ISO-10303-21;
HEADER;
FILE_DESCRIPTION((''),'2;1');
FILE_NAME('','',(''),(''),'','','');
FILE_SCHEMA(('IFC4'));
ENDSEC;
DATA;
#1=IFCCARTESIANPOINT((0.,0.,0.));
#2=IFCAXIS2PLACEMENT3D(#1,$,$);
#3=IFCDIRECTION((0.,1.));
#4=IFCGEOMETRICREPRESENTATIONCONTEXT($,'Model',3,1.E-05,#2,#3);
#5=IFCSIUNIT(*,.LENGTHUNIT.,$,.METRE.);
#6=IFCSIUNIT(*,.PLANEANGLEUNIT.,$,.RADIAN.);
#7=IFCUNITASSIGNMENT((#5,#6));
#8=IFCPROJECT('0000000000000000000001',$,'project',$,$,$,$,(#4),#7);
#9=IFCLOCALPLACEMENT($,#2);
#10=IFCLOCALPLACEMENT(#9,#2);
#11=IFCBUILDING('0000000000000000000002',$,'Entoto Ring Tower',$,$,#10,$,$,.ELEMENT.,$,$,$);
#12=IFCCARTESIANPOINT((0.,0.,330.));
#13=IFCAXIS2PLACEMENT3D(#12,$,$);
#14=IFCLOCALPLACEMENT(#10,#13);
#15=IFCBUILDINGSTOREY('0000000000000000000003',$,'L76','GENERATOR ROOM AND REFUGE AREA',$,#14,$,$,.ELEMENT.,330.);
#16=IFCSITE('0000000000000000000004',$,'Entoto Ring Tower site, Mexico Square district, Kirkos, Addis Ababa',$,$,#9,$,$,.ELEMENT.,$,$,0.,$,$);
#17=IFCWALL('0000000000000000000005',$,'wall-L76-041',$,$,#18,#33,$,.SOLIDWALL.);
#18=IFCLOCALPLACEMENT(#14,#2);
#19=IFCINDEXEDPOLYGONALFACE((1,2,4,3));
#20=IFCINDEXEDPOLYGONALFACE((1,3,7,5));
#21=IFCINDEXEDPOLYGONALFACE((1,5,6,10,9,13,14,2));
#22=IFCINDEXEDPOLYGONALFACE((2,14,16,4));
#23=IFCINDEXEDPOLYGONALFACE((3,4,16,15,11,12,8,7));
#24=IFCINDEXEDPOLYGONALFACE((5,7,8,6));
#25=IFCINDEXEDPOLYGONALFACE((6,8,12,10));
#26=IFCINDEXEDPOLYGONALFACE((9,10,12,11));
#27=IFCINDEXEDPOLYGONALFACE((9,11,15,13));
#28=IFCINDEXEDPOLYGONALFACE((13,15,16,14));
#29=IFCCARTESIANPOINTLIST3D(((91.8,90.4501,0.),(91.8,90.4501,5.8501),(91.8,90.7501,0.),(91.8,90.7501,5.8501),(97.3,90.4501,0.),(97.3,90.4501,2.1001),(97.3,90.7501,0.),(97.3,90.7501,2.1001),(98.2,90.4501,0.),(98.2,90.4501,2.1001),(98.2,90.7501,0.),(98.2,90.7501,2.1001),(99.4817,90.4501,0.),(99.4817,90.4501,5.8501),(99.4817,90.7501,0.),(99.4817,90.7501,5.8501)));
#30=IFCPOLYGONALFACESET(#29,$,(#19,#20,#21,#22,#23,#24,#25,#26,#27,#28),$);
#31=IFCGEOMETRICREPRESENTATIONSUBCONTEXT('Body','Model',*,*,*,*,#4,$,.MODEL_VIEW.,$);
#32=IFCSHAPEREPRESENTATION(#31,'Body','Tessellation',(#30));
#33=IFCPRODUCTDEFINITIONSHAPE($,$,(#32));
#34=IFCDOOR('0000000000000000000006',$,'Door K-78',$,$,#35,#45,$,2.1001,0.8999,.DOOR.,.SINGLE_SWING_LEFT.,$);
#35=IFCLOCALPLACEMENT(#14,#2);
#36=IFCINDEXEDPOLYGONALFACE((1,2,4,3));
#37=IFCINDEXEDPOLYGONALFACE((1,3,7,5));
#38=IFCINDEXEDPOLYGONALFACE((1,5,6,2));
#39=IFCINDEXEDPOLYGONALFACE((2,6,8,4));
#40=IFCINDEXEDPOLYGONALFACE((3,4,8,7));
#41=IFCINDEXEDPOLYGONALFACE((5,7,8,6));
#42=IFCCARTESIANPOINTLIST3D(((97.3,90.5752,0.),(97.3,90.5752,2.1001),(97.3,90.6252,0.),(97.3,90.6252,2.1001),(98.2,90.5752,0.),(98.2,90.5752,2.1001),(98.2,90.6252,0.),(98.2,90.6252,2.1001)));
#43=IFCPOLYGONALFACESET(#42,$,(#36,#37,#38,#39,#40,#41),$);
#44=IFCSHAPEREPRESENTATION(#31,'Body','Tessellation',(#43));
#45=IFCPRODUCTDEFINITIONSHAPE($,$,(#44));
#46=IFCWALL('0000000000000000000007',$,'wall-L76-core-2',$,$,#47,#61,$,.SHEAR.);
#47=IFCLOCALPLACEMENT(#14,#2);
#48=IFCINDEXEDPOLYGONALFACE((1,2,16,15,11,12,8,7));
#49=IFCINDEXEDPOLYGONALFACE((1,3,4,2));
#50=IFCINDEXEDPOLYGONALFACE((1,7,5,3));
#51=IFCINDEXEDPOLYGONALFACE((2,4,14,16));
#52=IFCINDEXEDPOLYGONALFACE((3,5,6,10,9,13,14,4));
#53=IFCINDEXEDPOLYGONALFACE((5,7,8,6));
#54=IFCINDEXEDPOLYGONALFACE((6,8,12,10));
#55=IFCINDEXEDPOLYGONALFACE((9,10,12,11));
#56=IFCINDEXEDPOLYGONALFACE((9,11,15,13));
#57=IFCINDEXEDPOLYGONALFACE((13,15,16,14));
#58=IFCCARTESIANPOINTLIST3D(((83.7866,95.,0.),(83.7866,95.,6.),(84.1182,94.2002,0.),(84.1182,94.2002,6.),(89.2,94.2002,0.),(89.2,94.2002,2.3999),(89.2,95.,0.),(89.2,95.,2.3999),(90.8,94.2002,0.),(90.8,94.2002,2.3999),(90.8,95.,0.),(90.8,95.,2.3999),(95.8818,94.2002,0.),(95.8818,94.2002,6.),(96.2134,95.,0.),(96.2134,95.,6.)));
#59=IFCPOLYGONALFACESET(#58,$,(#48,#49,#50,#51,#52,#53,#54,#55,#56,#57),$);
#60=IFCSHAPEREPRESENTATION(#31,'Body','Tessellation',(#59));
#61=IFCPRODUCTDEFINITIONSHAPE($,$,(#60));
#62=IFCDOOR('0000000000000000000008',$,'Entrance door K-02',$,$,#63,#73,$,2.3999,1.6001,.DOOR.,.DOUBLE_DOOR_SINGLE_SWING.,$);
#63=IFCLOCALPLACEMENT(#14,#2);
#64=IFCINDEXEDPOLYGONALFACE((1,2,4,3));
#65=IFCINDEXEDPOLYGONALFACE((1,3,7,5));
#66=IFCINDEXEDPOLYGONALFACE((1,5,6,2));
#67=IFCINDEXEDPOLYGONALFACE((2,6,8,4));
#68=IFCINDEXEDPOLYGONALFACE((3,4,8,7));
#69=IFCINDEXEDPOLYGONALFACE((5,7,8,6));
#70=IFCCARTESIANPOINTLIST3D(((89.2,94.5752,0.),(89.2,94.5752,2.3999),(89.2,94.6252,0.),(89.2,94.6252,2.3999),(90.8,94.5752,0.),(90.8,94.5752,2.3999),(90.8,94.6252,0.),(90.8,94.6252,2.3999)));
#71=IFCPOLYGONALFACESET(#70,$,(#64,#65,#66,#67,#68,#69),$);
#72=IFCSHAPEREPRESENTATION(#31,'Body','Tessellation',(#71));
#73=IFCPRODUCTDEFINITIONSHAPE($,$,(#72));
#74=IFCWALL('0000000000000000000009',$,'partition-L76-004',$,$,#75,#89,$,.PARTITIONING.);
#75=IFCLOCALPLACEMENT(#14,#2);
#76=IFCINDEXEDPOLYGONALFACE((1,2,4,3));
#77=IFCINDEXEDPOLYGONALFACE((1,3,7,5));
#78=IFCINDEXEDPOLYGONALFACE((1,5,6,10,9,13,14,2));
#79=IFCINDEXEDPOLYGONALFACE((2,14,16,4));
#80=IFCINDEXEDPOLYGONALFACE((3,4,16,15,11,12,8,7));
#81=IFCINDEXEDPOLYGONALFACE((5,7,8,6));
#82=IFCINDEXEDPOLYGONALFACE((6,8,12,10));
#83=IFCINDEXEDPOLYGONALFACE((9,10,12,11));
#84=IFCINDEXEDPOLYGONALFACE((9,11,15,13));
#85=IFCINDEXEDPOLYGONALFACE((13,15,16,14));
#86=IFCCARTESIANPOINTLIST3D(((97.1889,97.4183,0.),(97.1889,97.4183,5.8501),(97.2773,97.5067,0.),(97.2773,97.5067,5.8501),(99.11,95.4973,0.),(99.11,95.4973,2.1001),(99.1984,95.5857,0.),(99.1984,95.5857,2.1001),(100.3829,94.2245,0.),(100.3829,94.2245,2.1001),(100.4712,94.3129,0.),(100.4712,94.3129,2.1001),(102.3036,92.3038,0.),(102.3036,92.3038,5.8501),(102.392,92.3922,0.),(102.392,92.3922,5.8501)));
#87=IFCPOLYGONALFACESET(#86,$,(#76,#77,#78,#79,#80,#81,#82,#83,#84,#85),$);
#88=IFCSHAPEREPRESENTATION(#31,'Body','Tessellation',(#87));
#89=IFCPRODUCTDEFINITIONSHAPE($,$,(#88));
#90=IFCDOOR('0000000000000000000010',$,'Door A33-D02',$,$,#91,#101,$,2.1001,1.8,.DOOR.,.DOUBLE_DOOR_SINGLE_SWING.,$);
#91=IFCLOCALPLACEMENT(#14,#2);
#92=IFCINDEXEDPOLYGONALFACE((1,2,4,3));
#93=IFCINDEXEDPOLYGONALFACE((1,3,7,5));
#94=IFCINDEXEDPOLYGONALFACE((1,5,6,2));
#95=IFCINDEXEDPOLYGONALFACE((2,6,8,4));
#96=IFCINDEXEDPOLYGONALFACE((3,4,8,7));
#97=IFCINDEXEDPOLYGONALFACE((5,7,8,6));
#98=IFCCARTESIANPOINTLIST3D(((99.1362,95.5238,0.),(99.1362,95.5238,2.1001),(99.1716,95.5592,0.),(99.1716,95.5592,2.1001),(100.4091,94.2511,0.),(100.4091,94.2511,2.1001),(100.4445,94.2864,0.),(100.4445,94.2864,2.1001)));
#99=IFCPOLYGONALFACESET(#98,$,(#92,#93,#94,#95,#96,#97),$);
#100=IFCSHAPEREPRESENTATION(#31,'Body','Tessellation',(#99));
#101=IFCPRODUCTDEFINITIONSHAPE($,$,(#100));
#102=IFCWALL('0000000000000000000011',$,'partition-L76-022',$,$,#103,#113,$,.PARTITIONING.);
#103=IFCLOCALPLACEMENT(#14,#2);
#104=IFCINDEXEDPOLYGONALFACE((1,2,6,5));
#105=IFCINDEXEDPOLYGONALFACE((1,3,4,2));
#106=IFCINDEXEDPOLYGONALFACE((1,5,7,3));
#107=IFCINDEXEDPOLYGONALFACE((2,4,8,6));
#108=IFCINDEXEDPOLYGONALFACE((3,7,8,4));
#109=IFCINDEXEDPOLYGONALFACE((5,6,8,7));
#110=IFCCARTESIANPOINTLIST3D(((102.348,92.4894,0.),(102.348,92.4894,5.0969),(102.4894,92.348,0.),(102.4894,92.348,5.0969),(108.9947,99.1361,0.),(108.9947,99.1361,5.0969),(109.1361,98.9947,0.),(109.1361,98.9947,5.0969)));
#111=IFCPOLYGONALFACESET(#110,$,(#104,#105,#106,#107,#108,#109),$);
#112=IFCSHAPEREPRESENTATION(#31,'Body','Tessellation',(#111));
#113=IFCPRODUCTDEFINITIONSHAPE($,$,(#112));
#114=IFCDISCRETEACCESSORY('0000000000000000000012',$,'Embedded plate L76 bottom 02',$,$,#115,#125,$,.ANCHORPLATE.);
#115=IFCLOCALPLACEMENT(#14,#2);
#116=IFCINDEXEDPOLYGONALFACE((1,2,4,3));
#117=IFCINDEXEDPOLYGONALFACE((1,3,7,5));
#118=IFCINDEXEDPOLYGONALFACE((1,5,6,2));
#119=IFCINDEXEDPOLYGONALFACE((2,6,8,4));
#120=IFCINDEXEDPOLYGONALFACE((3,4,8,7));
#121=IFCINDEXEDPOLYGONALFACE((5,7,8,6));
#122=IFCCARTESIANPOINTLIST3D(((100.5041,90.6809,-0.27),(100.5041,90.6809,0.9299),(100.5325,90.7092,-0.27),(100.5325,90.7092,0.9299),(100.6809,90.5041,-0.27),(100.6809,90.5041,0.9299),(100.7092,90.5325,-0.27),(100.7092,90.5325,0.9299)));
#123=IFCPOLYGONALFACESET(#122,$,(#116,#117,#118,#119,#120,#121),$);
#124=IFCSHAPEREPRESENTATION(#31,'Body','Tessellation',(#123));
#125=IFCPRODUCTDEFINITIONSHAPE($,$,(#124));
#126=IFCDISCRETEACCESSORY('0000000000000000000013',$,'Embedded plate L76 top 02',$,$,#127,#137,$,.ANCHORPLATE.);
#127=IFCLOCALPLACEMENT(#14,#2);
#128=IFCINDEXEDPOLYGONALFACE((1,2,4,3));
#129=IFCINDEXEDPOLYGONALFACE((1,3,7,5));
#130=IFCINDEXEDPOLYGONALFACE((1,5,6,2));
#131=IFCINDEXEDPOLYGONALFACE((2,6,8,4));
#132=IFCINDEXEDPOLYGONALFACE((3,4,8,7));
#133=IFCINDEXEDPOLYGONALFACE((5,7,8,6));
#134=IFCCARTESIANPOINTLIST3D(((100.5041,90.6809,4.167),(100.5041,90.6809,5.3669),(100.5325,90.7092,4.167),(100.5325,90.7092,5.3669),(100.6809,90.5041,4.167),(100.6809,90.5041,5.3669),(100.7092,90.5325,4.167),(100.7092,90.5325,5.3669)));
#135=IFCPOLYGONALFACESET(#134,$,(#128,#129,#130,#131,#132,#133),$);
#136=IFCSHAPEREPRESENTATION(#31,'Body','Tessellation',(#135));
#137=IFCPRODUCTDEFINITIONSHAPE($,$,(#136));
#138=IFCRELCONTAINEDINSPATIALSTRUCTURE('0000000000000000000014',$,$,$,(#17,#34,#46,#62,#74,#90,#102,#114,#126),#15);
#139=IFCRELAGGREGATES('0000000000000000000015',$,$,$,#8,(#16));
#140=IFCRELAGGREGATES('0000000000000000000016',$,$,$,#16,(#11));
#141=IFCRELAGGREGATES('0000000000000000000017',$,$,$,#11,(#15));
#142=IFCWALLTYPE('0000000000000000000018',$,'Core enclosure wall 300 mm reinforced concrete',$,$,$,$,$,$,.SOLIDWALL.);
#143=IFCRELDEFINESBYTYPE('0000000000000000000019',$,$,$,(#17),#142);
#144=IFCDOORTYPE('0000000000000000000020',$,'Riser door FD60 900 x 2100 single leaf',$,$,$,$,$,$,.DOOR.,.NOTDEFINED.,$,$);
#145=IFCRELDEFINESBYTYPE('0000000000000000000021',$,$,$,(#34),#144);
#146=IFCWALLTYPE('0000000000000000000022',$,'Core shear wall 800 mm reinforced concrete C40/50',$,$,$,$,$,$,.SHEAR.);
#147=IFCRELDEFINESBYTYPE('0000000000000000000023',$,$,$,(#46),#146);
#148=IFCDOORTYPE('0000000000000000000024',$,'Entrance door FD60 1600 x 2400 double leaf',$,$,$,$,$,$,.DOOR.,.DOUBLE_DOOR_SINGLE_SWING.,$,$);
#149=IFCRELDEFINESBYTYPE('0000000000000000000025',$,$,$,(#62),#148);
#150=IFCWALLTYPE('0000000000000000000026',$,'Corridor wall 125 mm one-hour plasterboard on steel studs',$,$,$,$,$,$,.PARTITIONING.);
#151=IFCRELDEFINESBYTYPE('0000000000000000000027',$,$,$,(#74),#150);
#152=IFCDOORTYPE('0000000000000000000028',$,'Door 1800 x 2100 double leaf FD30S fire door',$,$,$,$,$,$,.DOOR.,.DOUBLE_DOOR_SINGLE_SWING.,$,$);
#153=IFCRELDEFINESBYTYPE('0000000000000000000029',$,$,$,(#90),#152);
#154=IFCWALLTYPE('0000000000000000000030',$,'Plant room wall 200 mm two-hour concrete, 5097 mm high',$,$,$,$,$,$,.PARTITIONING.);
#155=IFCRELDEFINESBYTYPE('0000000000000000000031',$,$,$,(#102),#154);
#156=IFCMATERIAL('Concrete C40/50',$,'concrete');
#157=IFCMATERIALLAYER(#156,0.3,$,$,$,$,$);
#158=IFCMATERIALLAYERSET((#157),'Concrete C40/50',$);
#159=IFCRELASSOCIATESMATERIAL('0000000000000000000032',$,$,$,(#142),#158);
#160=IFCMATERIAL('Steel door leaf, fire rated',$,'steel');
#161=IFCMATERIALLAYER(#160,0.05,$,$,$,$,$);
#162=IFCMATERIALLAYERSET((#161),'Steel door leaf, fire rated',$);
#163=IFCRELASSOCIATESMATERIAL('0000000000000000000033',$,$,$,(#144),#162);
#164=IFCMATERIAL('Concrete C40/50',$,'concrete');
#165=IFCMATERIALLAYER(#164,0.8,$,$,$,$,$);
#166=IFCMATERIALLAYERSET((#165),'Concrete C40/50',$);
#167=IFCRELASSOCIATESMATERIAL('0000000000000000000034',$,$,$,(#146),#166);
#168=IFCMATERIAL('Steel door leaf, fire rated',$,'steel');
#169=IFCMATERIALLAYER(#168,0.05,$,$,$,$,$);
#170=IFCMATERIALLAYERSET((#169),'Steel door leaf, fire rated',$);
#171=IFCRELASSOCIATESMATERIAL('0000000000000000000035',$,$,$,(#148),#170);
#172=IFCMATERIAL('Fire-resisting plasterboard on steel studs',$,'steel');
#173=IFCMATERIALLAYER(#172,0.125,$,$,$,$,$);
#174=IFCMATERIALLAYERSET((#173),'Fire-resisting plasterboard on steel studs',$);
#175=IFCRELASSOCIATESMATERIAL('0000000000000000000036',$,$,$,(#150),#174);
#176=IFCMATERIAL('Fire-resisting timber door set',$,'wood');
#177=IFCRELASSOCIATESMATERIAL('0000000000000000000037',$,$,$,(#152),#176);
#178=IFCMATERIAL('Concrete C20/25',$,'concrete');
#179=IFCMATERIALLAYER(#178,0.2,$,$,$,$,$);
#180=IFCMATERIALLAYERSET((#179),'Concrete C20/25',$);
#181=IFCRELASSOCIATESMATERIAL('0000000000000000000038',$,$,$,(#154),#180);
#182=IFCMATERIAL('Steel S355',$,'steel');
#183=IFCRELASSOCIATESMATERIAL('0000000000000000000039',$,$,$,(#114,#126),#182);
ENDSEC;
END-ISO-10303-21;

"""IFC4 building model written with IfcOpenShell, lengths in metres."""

from ifc_helpers import new_model, si_unit, direction, frame, frame_2d, origin, origin_2d, place, context, subcontext, project, spatial, polyline, rectangle, outline, extrude, material, layer, layer_set, type_object, element, fill, save


model = new_model("IFC4")

# Units and contexts
model_context = context("Model", 3, precision=1e-05, world=origin(), true_north=direction((0.0, 1.0)))
body_context = subcontext(model_context, "Body", "Model", "MODEL_VIEW")
ifc_project = project(units=[si_unit("LENGTHUNIT", "METRE"), si_unit("PLANEANGLEUNIT", "RADIAN")], contexts=[model_context])

# Site, building, storey
site_placement = place(None, origin())
site = spatial("IfcSite", under=ifc_project, at=site_placement, Name="Entoto Ring Tower site, Mexico Square district, Kirkos, Addis Ababa", CompositionType="ELEMENT", RefElevation=0.0)
building_placement = place(site_placement, origin())
building = spatial("IfcBuilding", under=site, at=building_placement, Name="Entoto Ring Tower", CompositionType="ELEMENT")
storey_placement = place(building_placement, frame((0.0, 0.0, 330.0)))
storey = spatial("IfcBuildingStorey", under=building, at=storey_placement, Name="L76", Description="GENERATOR ROOM AND REFUGE AREA", CompositionType="ELEMENT", Elevation=330.0)

# Walls, openings, doors
ifc_material_1 = material(Name="Concrete C40/50", Category="concrete")
ifc_layer_1 = layer(ifc_material_1, 0.3)
ifc_layer_set_1 = layer_set([ifc_layer_1], Name="Concrete C40/50")
wall_type_1 = type_object("IfcWallType", Name="Core enclosure wall 300 mm reinforced concrete", PredefinedType="SOLIDWALL", material=ifc_layer_set_1)
wall_1_placement = place(storey_placement, frame((91.8, 90.6001, 0.0), z_axis=(0.0, 0.0, 1.0), x_axis=(1.0, 0.0, 0.0)))
wall_1 = element("IfcWall", 1, at=wall_1_placement, inside=storey, type_object=wall_type_1, Name="wall-L76-041", PredefinedType="SOLIDWALL", context=body_context, shape_type="SweptSolid", body=[
    extrude(rectangle(XDim=7.6816, YDim=0.3, at=frame_2d((3.8408, 0.0))), origin(), (0.0, 0.0, 1.0), 5.8501),
])
opening_1_placement = place(wall_1_placement, frame((5.5, 0.0, 0.0)))
opening_1 = element("IfcOpeningElement", 2, at=opening_1_placement, cuts=wall_1, PredefinedType="OPENING", context=body_context, shape_type="SweptSolid", body=[
    extrude(rectangle(XDim=0.8999, YDim=2.1001, at=frame_2d((0.45, 1.05))), frame((0.0, 0.1602, 0.0), z_axis=(0.0, -1.0, 0.0), x_axis=(1.0, 0.0, 0.0)), (0.0, 0.0, 1.0), 0.3201),
])
ifc_material_2 = material(Name="Steel door leaf, fire rated", Category="steel")
ifc_layer_2 = layer(ifc_material_2, 0.05)
ifc_layer_set_2 = layer_set([ifc_layer_2], Name="Steel door leaf, fire rated")
door_type_1 = type_object("IfcDoorType", Name="Riser door FD60 900 x 2100 single leaf", OperationType="NOTDEFINED", PredefinedType="DOOR", material=ifc_layer_set_2)
door_1_placement = place(opening_1_placement, frame((0.8999, 0.0, 0.0), z_axis=(0.0, 0.0, 1.0), x_axis=(-1.0, 0.0, 0.0)))
door_1 = element("IfcDoor", 3, at=door_1_placement, inside=storey, type_object=door_type_1, Name="Door K-78", OperationType="SINGLE_SWING_LEFT", OverallHeight=2.1001, OverallWidth=0.8999, PredefinedType="DOOR", context=body_context, shape_type="SweptSolid", body=[
    extrude(rectangle(XDim=0.8999, YDim=2.1001, at=frame_2d((0.45, 1.05))), frame((0.0, 0.0249, 0.0), z_axis=(0.0, -1.0, 0.0), x_axis=(1.0, 0.0, 0.0)), (0.0, 0.0, 1.0), 0.05),
])
fill(opening_1, door_1)
ifc_material_3 = material(Name="Concrete C40/50", Category="concrete")
ifc_layer_3 = layer(ifc_material_3, 0.8)
ifc_layer_set_3 = layer_set([ifc_layer_3], Name="Concrete C40/50")
wall_type_2 = type_object("IfcWallType", Name="Core shear wall 800 mm reinforced concrete C40/50", PredefinedType="SHEAR", material=ifc_layer_set_3)
wall_2_placement = place(storey_placement, frame((96.0476, 94.6001, 0.0), z_axis=(0.0, 0.0, 1.0), x_axis=(-1.0, 0.0, 0.0)))
wall_2 = element("IfcWall", 4, at=wall_2_placement, inside=storey, type_object=wall_type_2, Name="wall-L76-core-2", PredefinedType="SHEAR", context=body_context, shape_type="SweptSolid", body=[
    extrude(outline(polyline([(-0.1658, -0.3999), (12.261, -0.3999), (11.9294, 0.3999), (0.1658, 0.3999), (-0.1658, -0.3999)])), origin(), (0.0, 0.0, 1.0), 6.0),
])
opening_2_placement = place(wall_2_placement, frame((5.2476, 0.0, 0.0)))
opening_2 = element("IfcOpeningElement", 5, at=opening_2_placement, cuts=wall_2, PredefinedType="OPENING", context=body_context, shape_type="SweptSolid", body=[
    extrude(rectangle(XDim=1.6001, YDim=2.3999, at=frame_2d((0.8, 1.2))), frame((0.0, 0.4102, 0.0), z_axis=(0.0, -1.0, 0.0), x_axis=(1.0, 0.0, 0.0)), (0.0, 0.0, 1.0), 0.8201),
])
ifc_material_4 = material(Name="Steel door leaf, fire rated", Category="steel")
ifc_layer_4 = layer(ifc_material_4, 0.05)
ifc_layer_set_4 = layer_set([ifc_layer_4], Name="Steel door leaf, fire rated")
door_type_2 = type_object("IfcDoorType", Name="Entrance door FD60 1600 x 2400 double leaf", OperationType="DOUBLE_DOOR_SINGLE_SWING", PredefinedType="DOOR", material=ifc_layer_set_4)
door_2_placement = place(opening_2_placement, origin())
door_2 = element("IfcDoor", 6, at=door_2_placement, inside=storey, type_object=door_type_2, Name="Entrance door K-02", OperationType="DOUBLE_DOOR_SINGLE_SWING", OverallHeight=2.3999, OverallWidth=1.6001, PredefinedType="DOOR", context=body_context, shape_type="SweptSolid", body=[
    extrude(rectangle(XDim=1.6001, YDim=2.3999, at=frame_2d((0.8, 1.2))), frame((0.0, 0.0249, 0.0), z_axis=(0.0, -1.0, 0.0), x_axis=(1.0, 0.0, 0.0)), (0.0, 0.0, 1.0), 0.05),
])
fill(opening_2, door_2)
ifc_material_5 = material(Name="Fire-resisting plasterboard on steel studs", Category="steel")
ifc_layer_5 = layer(ifc_material_5, 0.125)
ifc_layer_set_5 = layer_set([ifc_layer_5], Name="Fire-resisting plasterboard on steel studs")
wall_type_3 = type_object("IfcWallType", Name="Corridor wall 125 mm one-hour plasterboard on steel studs", PredefinedType="PARTITIONING", material=ifc_layer_set_5)
wall_3_placement = place(storey_placement, frame((102.3479, 92.3479, 0.0), z_axis=(0.0, 0.0, 1.0), x_axis=(-0.707124, 0.70709, 0.0)))
wall_3 = element("IfcWall", 7, at=wall_3_placement, inside=storey, type_object=wall_type_3, Name="partition-L76-004", PredefinedType="PARTITIONING", context=body_context, shape_type="SweptSolid", body=[
    extrude(rectangle(XDim=7.2332, YDim=0.125, at=frame_2d((3.6167, 0.0))), origin(), (0.0, 0.0, 1.0), 5.8501),
])
opening_3_placement = place(wall_3_placement, frame((2.7166, 0.0, 0.0)))
opening_3 = element("IfcOpeningElement", 8, at=opening_3_placement, cuts=wall_3, PredefinedType="OPENING", context=body_context, shape_type="SweptSolid", body=[
    extrude(rectangle(XDim=1.8, YDim=2.1001, at=frame_2d((0.8999, 1.05))), frame((0.0, 0.0725, 0.0), z_axis=(0.0, -1.0, 0.0), x_axis=(1.0, 0.0, 0.0)), (0.0, 0.0, 1.0), 0.145),
])
ifc_material_6 = material(Name="Fire-resisting timber door set", Category="wood")
door_type_3 = type_object("IfcDoorType", Name="Door 1800 x 2100 double leaf FD30S fire door", OperationType="DOUBLE_DOOR_SINGLE_SWING", PredefinedType="DOOR", material=ifc_material_6)
door_3_placement = place(opening_3_placement, frame((1.8, 0.0, 0.0), z_axis=(0.0, 0.0, 1.0), x_axis=(-1.0, 0.0, 0.0)))
door_3 = element("IfcDoor", 9, at=door_3_placement, inside=storey, type_object=door_type_3, Name="Door A33-D02", OperationType="DOUBLE_DOOR_SINGLE_SWING", OverallHeight=2.1001, OverallWidth=1.8, PredefinedType="DOOR", context=body_context, shape_type="SweptSolid", body=[
    extrude(rectangle(XDim=1.8, YDim=2.1001, at=frame_2d((0.8999, 1.05))), frame((0.0, 0.0249, 0.0), z_axis=(0.0, -1.0, 0.0), x_axis=(1.0, 0.0, 0.0)), (0.0, 0.0, 1.0), 0.05),
])
fill(opening_3, door_3)

# Wall
ifc_material_7 = material(Name="Concrete C20/25", Category="concrete")
ifc_layer_6 = layer(ifc_material_7, 0.2)
ifc_layer_set_6 = layer_set([ifc_layer_6], Name="Concrete C20/25")
wall_type_4 = type_object("IfcWallType", Name="Plant room wall 200 mm two-hour concrete, 5097 mm high", PredefinedType="PARTITIONING", material=ifc_layer_set_6)
wall_4_placement = place(storey_placement, frame((102.4187, 92.4187, 0.0), z_axis=(0.0, 0.0, 1.0), x_axis=(0.707107, 0.707107, 0.0)))
element("IfcWall", 10, at=wall_4_placement, inside=storey, type_object=wall_type_4, Name="partition-L76-022", PredefinedType="PARTITIONING", context=body_context, shape_type="SweptSolid", body=[
    extrude(rectangle(XDim=9.3999, YDim=0.2, at=frame_2d((4.7, 0.0))), origin(), (0.0, 0.0, 1.0), 5.0969),
])

# Discrete accessories
ifc_material_8 = material(Name="Steel S355", Category="steel")
for number, where, z_axis, x_axis, name in (
    (11, (100.6067, 90.6067, -0.27), (0.0, 0.0, 1.0), (0.707107, 0.707107, 0.0), "Embedded plate L76 bottom 02"),
    (12, (100.6067, 90.6067, 4.167), (0.0, 0.0, 1.0), (0.707107, 0.707107, 0.0), "Embedded plate L76 top 02"),
):
    element("IfcDiscreteAccessory", number, at=place(storey_placement, frame(where, z_axis=z_axis, x_axis=x_axis)), inside=storey, material=ifc_material_8, Name=name, PredefinedType="ANCHORPLATE", context=body_context, shape_type="SweptSolid", body=[
        extrude(rectangle(XDim=0.04, YDim=0.25, at=origin_2d()), origin(), (0.0, 0.0, 1.0), 1.2),
    ])

save(model, "model.ifc")
